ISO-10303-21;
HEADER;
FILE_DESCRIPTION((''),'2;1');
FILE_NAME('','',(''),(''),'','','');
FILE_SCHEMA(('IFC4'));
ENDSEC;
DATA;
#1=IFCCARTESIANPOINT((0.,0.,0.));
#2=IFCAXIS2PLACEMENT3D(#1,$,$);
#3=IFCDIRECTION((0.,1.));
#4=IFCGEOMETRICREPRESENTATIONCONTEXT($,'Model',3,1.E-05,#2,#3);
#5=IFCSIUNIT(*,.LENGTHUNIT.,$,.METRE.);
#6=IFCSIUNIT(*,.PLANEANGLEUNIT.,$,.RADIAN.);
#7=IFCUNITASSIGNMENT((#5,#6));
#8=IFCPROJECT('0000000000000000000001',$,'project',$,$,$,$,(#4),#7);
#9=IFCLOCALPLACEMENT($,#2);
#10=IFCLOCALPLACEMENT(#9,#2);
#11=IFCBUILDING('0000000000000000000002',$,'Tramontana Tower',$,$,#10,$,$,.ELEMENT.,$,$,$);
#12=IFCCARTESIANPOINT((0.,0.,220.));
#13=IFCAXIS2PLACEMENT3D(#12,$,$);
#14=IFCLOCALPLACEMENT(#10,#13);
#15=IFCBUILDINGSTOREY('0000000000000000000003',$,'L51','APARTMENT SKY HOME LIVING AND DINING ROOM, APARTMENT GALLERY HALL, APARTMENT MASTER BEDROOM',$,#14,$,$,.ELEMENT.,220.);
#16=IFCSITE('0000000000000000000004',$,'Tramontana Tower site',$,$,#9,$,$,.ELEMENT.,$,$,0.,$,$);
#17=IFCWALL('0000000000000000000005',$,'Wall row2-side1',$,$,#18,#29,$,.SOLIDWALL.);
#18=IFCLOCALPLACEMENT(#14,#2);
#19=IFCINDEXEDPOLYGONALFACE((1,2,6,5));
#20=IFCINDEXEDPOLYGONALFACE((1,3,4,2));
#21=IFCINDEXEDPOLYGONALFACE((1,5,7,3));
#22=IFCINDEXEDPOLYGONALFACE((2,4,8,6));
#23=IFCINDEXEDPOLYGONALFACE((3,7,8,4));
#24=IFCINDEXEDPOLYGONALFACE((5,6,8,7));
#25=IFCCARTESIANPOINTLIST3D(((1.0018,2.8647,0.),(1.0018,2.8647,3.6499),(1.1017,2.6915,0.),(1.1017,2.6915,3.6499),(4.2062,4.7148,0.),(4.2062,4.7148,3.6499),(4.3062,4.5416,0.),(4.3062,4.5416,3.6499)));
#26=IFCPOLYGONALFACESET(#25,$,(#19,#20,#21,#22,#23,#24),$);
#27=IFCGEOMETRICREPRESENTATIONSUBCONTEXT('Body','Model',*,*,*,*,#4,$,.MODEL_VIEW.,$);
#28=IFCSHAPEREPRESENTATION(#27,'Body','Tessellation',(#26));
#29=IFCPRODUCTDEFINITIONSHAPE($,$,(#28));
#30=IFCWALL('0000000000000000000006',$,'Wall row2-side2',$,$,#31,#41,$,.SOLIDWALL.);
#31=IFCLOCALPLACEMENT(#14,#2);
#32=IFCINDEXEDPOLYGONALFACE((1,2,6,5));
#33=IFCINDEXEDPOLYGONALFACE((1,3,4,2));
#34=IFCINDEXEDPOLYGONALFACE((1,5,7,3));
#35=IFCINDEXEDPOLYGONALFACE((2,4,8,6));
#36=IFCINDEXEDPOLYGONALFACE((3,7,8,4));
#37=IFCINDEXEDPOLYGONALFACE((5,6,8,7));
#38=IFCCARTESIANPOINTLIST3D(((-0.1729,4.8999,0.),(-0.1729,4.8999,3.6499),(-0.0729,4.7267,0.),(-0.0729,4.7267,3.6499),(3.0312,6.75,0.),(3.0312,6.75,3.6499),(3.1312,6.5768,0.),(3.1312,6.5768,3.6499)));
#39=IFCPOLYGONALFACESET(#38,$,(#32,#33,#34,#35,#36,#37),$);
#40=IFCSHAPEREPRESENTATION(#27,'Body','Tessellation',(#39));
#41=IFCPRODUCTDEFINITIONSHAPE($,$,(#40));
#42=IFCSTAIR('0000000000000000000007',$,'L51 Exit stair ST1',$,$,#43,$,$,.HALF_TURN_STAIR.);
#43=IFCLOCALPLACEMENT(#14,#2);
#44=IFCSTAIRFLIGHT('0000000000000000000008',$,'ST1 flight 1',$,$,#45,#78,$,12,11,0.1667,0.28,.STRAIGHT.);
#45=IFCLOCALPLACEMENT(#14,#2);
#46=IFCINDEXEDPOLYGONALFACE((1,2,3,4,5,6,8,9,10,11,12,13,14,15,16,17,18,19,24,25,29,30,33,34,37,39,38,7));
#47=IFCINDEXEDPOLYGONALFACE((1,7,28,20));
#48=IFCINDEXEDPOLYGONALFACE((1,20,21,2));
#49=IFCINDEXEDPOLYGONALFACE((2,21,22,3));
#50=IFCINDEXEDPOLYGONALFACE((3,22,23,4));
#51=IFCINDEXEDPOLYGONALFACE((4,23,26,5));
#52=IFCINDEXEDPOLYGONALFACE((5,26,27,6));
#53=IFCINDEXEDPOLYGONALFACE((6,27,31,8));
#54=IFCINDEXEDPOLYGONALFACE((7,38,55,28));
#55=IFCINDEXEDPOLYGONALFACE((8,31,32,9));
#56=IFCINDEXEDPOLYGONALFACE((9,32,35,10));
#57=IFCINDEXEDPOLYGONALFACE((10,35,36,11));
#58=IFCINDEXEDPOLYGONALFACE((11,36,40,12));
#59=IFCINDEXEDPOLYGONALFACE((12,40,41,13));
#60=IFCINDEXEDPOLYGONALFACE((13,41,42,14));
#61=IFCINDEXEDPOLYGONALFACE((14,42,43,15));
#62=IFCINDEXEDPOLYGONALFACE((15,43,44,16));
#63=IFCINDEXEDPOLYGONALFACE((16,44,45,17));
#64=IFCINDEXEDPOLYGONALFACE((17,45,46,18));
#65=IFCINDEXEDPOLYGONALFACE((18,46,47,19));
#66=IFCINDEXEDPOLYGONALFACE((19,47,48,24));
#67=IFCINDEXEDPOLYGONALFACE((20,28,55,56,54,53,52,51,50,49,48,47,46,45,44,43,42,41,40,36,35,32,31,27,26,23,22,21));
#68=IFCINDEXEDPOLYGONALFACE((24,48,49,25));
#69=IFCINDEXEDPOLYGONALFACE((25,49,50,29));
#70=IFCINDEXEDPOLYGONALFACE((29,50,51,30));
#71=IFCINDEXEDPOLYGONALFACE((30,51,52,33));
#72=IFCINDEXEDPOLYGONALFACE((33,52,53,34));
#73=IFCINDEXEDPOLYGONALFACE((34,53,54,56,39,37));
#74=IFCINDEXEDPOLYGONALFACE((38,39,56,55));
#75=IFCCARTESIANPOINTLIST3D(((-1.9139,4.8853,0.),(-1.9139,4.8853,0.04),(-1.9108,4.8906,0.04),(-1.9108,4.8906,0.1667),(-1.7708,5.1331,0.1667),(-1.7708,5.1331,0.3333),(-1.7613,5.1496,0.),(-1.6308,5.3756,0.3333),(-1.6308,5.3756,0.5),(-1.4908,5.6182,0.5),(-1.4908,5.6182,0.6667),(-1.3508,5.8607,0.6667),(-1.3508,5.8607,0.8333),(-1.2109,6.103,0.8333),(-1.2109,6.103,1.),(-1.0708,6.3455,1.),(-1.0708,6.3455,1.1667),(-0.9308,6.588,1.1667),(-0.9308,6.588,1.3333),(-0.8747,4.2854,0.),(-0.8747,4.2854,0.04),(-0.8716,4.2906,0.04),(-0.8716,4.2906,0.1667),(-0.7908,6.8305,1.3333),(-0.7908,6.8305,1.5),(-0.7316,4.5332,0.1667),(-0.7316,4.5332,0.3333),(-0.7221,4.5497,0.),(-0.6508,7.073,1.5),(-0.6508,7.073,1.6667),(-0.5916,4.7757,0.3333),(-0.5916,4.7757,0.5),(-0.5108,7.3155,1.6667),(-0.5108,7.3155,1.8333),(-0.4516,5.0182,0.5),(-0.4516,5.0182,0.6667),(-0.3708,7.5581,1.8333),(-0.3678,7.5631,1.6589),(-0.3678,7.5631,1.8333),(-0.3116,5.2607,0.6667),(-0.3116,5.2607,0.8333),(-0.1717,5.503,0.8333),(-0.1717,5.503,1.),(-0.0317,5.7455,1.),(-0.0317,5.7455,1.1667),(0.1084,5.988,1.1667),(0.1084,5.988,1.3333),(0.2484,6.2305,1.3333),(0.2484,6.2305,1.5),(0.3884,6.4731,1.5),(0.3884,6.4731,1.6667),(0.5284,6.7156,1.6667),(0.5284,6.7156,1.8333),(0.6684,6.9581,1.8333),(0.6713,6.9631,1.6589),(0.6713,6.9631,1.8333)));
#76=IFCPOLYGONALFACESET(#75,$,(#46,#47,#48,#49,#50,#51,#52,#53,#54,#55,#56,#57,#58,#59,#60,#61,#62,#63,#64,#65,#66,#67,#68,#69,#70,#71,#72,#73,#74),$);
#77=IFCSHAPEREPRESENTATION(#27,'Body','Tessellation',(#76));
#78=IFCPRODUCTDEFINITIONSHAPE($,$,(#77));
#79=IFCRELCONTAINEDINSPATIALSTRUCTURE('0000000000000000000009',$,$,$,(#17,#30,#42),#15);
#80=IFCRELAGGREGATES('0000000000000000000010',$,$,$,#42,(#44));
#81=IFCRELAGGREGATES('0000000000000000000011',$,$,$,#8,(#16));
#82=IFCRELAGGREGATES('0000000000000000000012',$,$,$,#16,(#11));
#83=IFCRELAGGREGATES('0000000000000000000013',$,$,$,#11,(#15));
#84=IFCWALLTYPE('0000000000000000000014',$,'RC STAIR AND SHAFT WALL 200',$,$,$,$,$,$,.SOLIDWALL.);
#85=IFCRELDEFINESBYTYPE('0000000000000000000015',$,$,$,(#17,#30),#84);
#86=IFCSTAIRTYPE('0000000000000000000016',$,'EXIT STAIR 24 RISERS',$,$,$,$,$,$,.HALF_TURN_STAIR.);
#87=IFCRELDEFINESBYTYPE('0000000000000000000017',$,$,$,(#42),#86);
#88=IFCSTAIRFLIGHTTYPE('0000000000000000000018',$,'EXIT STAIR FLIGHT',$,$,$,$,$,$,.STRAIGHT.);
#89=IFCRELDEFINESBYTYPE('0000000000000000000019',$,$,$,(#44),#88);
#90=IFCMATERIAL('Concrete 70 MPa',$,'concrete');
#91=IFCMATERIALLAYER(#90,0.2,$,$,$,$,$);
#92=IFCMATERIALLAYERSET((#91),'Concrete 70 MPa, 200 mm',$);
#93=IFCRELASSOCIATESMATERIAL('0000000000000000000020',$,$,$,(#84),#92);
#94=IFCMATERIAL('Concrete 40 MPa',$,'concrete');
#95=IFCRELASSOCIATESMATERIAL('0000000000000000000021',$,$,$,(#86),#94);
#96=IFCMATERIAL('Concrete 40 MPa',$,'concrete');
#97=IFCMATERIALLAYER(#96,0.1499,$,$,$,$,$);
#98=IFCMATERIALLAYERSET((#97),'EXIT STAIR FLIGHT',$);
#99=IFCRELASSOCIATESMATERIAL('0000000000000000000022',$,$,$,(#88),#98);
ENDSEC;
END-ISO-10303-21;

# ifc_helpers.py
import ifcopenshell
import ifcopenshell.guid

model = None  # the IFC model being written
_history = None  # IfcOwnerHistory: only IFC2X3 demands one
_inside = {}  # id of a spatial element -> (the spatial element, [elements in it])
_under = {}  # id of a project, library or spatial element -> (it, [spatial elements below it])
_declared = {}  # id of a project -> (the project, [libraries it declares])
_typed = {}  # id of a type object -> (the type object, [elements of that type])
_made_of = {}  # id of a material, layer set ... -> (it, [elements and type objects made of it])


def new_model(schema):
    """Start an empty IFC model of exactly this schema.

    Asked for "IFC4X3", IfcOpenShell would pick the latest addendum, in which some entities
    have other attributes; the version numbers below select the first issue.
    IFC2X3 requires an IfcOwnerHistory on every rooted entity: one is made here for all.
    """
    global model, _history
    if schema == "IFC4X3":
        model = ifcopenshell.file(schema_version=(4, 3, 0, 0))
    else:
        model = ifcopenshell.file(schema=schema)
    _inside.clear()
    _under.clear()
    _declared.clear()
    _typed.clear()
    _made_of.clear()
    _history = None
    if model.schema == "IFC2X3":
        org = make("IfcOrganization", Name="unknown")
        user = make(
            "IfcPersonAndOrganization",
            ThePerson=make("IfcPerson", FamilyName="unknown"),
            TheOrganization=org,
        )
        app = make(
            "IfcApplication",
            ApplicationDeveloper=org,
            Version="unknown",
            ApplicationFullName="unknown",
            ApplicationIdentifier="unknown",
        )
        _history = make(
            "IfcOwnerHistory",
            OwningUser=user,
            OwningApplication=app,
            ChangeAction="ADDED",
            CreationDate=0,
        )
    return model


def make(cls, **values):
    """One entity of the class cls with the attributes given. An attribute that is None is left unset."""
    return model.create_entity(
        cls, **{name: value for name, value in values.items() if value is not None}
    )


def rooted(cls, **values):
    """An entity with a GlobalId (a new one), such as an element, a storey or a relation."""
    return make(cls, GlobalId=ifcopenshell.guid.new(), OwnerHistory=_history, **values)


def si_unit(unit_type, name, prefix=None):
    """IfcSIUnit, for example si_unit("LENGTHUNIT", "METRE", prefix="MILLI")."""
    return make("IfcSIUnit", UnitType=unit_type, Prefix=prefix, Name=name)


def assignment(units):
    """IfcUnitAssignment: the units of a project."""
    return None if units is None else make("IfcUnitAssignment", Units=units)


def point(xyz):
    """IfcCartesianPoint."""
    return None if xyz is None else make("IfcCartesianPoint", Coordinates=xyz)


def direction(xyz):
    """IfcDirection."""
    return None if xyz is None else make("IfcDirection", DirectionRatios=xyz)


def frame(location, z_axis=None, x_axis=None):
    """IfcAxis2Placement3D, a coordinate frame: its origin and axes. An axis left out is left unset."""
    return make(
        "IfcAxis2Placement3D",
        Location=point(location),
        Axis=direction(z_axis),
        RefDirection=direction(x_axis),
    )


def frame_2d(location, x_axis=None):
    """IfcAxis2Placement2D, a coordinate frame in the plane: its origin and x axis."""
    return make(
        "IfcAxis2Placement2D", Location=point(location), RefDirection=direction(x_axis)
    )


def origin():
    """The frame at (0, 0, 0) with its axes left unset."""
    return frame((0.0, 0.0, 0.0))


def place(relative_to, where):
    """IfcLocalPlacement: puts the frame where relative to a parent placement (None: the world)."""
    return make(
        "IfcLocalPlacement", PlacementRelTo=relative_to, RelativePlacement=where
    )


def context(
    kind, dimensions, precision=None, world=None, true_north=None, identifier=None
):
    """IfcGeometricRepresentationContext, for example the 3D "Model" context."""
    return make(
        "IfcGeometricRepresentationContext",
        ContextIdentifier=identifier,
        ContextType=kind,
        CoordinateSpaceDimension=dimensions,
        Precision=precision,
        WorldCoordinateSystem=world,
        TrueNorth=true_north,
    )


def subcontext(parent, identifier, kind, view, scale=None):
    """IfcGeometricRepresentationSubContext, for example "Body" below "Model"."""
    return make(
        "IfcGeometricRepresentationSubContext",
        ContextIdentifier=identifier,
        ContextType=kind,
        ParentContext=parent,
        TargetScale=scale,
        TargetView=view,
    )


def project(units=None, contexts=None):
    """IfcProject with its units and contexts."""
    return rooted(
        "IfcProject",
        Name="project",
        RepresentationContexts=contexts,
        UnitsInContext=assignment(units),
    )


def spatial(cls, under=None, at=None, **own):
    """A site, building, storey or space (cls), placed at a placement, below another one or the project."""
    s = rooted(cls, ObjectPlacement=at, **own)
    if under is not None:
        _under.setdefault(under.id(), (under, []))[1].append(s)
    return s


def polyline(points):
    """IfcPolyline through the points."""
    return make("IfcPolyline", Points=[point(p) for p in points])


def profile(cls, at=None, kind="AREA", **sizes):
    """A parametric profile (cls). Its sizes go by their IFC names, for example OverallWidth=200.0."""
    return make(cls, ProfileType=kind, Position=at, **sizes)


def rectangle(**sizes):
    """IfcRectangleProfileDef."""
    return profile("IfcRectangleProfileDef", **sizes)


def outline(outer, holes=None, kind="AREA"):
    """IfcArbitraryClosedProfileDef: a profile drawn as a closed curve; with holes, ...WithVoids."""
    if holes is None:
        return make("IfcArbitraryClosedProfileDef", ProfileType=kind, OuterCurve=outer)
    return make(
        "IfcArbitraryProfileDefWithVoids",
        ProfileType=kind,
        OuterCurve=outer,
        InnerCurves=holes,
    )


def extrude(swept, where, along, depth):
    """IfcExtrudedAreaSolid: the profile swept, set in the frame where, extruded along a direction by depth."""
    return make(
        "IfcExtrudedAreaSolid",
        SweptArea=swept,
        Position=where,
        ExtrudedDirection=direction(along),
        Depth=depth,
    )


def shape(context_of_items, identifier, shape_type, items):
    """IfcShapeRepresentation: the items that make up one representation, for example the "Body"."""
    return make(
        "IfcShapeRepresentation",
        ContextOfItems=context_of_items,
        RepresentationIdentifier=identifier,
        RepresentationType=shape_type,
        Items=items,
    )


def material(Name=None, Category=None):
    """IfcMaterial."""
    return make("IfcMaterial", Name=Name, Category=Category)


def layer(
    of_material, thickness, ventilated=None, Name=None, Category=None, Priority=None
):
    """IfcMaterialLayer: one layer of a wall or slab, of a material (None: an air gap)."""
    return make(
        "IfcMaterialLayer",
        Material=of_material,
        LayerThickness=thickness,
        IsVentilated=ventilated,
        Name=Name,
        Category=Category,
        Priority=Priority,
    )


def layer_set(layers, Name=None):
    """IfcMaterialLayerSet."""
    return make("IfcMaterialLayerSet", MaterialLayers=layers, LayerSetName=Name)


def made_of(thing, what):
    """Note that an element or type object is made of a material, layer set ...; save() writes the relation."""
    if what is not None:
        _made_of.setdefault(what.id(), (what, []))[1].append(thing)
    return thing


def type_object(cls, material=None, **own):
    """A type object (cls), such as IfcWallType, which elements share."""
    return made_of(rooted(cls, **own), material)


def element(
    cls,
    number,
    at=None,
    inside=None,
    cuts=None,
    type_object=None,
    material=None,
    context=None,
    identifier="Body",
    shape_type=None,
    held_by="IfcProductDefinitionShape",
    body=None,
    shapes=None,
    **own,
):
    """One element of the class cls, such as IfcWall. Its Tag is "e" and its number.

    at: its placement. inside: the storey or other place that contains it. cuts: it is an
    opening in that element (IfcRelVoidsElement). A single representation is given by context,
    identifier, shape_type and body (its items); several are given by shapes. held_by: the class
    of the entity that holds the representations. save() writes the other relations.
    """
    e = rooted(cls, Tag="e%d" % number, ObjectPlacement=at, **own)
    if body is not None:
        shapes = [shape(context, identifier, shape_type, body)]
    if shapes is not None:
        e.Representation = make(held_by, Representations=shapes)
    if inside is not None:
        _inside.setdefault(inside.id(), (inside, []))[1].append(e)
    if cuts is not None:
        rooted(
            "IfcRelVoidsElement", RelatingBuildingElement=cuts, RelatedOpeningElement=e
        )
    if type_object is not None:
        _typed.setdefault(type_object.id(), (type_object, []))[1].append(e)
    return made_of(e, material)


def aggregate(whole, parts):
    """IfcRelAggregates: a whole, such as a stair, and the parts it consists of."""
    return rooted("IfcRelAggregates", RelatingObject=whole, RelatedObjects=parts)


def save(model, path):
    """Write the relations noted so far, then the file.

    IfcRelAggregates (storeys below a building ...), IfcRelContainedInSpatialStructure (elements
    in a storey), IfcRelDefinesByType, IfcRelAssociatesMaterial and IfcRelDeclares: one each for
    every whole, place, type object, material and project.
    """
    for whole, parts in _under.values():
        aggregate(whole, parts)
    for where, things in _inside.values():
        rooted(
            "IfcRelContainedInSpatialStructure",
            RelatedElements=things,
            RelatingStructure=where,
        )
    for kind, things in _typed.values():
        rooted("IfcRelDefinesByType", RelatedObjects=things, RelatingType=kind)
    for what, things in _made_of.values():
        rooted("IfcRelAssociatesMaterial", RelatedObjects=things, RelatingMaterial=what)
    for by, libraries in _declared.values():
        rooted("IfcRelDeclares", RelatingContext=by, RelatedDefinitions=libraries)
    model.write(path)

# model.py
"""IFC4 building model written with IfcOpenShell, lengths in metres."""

from ifc_helpers import new_model, si_unit, direction, frame, frame_2d, origin, place, context, subcontext, project, spatial, polyline, rectangle, outline, extrude, material, layer, layer_set, type_object, element, aggregate, save


model = new_model("IFC4")

# Units and contexts
model_context = context("Model", 3, precision=1e-05, world=origin(), true_north=direction((0.0, 1.0)))
body_context = subcontext(model_context, "Body", "Model", "MODEL_VIEW")
ifc_project = project(units=[si_unit("LENGTHUNIT", "METRE"), si_unit("PLANEANGLEUNIT", "RADIAN")], contexts=[model_context])

# Site, building, storey
site_placement = place(None, origin())
site = spatial("IfcSite", under=ifc_project, at=site_placement, Name="Tramontana Tower site", CompositionType="ELEMENT", RefElevation=0.0)
building_placement = place(site_placement, origin())
building = spatial("IfcBuilding", under=site, at=building_placement, Name="Tramontana Tower", CompositionType="ELEMENT")
storey_placement = place(building_placement, frame((0.0, 0.0, 220.0)))
storey = spatial("IfcBuildingStorey", under=building, at=storey_placement, Name="L51", Description="APARTMENT SKY HOME LIVING AND DINING ROOM, APARTMENT GALLERY HALL, APARTMENT MASTER BEDROOM", CompositionType="ELEMENT", Elevation=220.0)

# Shared definitions
ifc_material_1 = material(Name="Concrete 70 MPa", Category="concrete")
ifc_layer_1 = layer(ifc_material_1, 0.2)
ifc_layer_set_1 = layer_set([ifc_layer_1], Name="Concrete 70 MPa, 200 mm")
wall_type_1 = type_object("IfcWallType", Name="RC STAIR AND SHAFT WALL 200", PredefinedType="SOLIDWALL", material=ifc_layer_set_1)

# Walls
wall_1_placement = place(storey_placement, frame((1.0518, 2.7781, 0.0), z_axis=(0.0, 0.0, 1.0), x_axis=(0.866017, 0.500014, 0.0)))
element("IfcWall", 1, at=wall_1_placement, inside=storey, type_object=wall_type_1, Name="Wall row2-side1", PredefinedType="SOLIDWALL", context=body_context, shape_type="SweptSolid", body=[
    extrude(rectangle(XDim=3.7002, YDim=0.2, at=frame_2d((1.8501, 0.0))), origin(), (0.0, 0.0, 1.0), 3.6499),
])
wall_2_placement = place(storey_placement, frame((-0.123, 4.8132, 0.0), z_axis=(0.0, 0.0, 1.0), x_axis=(0.866001, 0.500042, 0.0)))
element("IfcWall", 2, at=wall_2_placement, inside=storey, type_object=wall_type_1, Name="Wall row2-side2", PredefinedType="SOLIDWALL", context=body_context, shape_type="SweptSolid", body=[
    extrude(rectangle(XDim=3.7, YDim=0.2, at=frame_2d((1.8501, 0.0))), origin(), (0.0, 0.0, 1.0), 3.6499),
])

# Stair, stair flight
ifc_material_2 = material(Name="Concrete 40 MPa", Category="concrete")
stair_type = type_object("IfcStairType", Name="EXIT STAIR 24 RISERS", PredefinedType="HALF_TURN_STAIR", material=ifc_material_2)
stair_placement = place(storey_placement, origin())
stair = element("IfcStair", 3, at=stair_placement, inside=storey, type_object=stair_type, Name="L51 Exit stair ST1", PredefinedType="HALF_TURN_STAIR")
ifc_material_3 = material(Name="Concrete 40 MPa", Category="concrete")
ifc_layer_2 = layer(ifc_material_3, 0.1499)
ifc_layer_set_2 = layer_set([ifc_layer_2], Name="EXIT STAIR FLIGHT")
stair_flight_type = type_object("IfcStairFlightType", Name="EXIT STAIR FLIGHT", PredefinedType="STRAIGHT", material=ifc_layer_set_2)
stair_flight_placement = place(storey_placement, frame((-1.3911, 4.5906, 0.0), z_axis=(0.0, 0.0, 1.0), x_axis=(0.5, 0.866025, 0.0)))
stair_flight = element("IfcStairFlight", 4, at=stair_flight_placement, type_object=stair_flight_type, Name="ST1 flight 1", NumberOfRisers=12, NumberOfTreads=11, PredefinedType="STRAIGHT", RiserHeight=0.1667, TreadLength=0.28, context=body_context, shape_type="SweptSolid", body=[
    extrude(outline(polyline([(-0.0061, 0.0), (-0.0061, 0.04), (0.0, 0.04), (0.0, 0.1667), (0.28, 0.1667), (0.28, 0.3333), (0.5601, 0.3333), (0.5601, 0.5), (0.8401, 0.5), (0.8401, 0.6667), (1.1201, 0.6667), (1.1201, 0.8333), (1.3999, 0.8333), (1.3999, 1.0), (1.6799, 1.0), (1.6799, 1.1667), (1.96, 1.1667), (1.96, 1.3333), (2.24, 1.3333), (2.24, 1.5), (2.52, 1.5), (2.52, 1.6667), (2.8, 1.6667), (2.8, 1.8333), (3.0801, 1.8333), (3.0859, 1.8333), (3.0859, 1.6589), (0.2991, 0.0), (-0.0061, 0.0)])), frame((0.0, 0.6001, 0.0), z_axis=(0.0, -1.0, 0.0), x_axis=(1.0, 0.0, 0.0)), (0.0, 0.0, 1.0), 1.2),
])
aggregate(stair, [stair_flight])

save(model, "model.ifc")
